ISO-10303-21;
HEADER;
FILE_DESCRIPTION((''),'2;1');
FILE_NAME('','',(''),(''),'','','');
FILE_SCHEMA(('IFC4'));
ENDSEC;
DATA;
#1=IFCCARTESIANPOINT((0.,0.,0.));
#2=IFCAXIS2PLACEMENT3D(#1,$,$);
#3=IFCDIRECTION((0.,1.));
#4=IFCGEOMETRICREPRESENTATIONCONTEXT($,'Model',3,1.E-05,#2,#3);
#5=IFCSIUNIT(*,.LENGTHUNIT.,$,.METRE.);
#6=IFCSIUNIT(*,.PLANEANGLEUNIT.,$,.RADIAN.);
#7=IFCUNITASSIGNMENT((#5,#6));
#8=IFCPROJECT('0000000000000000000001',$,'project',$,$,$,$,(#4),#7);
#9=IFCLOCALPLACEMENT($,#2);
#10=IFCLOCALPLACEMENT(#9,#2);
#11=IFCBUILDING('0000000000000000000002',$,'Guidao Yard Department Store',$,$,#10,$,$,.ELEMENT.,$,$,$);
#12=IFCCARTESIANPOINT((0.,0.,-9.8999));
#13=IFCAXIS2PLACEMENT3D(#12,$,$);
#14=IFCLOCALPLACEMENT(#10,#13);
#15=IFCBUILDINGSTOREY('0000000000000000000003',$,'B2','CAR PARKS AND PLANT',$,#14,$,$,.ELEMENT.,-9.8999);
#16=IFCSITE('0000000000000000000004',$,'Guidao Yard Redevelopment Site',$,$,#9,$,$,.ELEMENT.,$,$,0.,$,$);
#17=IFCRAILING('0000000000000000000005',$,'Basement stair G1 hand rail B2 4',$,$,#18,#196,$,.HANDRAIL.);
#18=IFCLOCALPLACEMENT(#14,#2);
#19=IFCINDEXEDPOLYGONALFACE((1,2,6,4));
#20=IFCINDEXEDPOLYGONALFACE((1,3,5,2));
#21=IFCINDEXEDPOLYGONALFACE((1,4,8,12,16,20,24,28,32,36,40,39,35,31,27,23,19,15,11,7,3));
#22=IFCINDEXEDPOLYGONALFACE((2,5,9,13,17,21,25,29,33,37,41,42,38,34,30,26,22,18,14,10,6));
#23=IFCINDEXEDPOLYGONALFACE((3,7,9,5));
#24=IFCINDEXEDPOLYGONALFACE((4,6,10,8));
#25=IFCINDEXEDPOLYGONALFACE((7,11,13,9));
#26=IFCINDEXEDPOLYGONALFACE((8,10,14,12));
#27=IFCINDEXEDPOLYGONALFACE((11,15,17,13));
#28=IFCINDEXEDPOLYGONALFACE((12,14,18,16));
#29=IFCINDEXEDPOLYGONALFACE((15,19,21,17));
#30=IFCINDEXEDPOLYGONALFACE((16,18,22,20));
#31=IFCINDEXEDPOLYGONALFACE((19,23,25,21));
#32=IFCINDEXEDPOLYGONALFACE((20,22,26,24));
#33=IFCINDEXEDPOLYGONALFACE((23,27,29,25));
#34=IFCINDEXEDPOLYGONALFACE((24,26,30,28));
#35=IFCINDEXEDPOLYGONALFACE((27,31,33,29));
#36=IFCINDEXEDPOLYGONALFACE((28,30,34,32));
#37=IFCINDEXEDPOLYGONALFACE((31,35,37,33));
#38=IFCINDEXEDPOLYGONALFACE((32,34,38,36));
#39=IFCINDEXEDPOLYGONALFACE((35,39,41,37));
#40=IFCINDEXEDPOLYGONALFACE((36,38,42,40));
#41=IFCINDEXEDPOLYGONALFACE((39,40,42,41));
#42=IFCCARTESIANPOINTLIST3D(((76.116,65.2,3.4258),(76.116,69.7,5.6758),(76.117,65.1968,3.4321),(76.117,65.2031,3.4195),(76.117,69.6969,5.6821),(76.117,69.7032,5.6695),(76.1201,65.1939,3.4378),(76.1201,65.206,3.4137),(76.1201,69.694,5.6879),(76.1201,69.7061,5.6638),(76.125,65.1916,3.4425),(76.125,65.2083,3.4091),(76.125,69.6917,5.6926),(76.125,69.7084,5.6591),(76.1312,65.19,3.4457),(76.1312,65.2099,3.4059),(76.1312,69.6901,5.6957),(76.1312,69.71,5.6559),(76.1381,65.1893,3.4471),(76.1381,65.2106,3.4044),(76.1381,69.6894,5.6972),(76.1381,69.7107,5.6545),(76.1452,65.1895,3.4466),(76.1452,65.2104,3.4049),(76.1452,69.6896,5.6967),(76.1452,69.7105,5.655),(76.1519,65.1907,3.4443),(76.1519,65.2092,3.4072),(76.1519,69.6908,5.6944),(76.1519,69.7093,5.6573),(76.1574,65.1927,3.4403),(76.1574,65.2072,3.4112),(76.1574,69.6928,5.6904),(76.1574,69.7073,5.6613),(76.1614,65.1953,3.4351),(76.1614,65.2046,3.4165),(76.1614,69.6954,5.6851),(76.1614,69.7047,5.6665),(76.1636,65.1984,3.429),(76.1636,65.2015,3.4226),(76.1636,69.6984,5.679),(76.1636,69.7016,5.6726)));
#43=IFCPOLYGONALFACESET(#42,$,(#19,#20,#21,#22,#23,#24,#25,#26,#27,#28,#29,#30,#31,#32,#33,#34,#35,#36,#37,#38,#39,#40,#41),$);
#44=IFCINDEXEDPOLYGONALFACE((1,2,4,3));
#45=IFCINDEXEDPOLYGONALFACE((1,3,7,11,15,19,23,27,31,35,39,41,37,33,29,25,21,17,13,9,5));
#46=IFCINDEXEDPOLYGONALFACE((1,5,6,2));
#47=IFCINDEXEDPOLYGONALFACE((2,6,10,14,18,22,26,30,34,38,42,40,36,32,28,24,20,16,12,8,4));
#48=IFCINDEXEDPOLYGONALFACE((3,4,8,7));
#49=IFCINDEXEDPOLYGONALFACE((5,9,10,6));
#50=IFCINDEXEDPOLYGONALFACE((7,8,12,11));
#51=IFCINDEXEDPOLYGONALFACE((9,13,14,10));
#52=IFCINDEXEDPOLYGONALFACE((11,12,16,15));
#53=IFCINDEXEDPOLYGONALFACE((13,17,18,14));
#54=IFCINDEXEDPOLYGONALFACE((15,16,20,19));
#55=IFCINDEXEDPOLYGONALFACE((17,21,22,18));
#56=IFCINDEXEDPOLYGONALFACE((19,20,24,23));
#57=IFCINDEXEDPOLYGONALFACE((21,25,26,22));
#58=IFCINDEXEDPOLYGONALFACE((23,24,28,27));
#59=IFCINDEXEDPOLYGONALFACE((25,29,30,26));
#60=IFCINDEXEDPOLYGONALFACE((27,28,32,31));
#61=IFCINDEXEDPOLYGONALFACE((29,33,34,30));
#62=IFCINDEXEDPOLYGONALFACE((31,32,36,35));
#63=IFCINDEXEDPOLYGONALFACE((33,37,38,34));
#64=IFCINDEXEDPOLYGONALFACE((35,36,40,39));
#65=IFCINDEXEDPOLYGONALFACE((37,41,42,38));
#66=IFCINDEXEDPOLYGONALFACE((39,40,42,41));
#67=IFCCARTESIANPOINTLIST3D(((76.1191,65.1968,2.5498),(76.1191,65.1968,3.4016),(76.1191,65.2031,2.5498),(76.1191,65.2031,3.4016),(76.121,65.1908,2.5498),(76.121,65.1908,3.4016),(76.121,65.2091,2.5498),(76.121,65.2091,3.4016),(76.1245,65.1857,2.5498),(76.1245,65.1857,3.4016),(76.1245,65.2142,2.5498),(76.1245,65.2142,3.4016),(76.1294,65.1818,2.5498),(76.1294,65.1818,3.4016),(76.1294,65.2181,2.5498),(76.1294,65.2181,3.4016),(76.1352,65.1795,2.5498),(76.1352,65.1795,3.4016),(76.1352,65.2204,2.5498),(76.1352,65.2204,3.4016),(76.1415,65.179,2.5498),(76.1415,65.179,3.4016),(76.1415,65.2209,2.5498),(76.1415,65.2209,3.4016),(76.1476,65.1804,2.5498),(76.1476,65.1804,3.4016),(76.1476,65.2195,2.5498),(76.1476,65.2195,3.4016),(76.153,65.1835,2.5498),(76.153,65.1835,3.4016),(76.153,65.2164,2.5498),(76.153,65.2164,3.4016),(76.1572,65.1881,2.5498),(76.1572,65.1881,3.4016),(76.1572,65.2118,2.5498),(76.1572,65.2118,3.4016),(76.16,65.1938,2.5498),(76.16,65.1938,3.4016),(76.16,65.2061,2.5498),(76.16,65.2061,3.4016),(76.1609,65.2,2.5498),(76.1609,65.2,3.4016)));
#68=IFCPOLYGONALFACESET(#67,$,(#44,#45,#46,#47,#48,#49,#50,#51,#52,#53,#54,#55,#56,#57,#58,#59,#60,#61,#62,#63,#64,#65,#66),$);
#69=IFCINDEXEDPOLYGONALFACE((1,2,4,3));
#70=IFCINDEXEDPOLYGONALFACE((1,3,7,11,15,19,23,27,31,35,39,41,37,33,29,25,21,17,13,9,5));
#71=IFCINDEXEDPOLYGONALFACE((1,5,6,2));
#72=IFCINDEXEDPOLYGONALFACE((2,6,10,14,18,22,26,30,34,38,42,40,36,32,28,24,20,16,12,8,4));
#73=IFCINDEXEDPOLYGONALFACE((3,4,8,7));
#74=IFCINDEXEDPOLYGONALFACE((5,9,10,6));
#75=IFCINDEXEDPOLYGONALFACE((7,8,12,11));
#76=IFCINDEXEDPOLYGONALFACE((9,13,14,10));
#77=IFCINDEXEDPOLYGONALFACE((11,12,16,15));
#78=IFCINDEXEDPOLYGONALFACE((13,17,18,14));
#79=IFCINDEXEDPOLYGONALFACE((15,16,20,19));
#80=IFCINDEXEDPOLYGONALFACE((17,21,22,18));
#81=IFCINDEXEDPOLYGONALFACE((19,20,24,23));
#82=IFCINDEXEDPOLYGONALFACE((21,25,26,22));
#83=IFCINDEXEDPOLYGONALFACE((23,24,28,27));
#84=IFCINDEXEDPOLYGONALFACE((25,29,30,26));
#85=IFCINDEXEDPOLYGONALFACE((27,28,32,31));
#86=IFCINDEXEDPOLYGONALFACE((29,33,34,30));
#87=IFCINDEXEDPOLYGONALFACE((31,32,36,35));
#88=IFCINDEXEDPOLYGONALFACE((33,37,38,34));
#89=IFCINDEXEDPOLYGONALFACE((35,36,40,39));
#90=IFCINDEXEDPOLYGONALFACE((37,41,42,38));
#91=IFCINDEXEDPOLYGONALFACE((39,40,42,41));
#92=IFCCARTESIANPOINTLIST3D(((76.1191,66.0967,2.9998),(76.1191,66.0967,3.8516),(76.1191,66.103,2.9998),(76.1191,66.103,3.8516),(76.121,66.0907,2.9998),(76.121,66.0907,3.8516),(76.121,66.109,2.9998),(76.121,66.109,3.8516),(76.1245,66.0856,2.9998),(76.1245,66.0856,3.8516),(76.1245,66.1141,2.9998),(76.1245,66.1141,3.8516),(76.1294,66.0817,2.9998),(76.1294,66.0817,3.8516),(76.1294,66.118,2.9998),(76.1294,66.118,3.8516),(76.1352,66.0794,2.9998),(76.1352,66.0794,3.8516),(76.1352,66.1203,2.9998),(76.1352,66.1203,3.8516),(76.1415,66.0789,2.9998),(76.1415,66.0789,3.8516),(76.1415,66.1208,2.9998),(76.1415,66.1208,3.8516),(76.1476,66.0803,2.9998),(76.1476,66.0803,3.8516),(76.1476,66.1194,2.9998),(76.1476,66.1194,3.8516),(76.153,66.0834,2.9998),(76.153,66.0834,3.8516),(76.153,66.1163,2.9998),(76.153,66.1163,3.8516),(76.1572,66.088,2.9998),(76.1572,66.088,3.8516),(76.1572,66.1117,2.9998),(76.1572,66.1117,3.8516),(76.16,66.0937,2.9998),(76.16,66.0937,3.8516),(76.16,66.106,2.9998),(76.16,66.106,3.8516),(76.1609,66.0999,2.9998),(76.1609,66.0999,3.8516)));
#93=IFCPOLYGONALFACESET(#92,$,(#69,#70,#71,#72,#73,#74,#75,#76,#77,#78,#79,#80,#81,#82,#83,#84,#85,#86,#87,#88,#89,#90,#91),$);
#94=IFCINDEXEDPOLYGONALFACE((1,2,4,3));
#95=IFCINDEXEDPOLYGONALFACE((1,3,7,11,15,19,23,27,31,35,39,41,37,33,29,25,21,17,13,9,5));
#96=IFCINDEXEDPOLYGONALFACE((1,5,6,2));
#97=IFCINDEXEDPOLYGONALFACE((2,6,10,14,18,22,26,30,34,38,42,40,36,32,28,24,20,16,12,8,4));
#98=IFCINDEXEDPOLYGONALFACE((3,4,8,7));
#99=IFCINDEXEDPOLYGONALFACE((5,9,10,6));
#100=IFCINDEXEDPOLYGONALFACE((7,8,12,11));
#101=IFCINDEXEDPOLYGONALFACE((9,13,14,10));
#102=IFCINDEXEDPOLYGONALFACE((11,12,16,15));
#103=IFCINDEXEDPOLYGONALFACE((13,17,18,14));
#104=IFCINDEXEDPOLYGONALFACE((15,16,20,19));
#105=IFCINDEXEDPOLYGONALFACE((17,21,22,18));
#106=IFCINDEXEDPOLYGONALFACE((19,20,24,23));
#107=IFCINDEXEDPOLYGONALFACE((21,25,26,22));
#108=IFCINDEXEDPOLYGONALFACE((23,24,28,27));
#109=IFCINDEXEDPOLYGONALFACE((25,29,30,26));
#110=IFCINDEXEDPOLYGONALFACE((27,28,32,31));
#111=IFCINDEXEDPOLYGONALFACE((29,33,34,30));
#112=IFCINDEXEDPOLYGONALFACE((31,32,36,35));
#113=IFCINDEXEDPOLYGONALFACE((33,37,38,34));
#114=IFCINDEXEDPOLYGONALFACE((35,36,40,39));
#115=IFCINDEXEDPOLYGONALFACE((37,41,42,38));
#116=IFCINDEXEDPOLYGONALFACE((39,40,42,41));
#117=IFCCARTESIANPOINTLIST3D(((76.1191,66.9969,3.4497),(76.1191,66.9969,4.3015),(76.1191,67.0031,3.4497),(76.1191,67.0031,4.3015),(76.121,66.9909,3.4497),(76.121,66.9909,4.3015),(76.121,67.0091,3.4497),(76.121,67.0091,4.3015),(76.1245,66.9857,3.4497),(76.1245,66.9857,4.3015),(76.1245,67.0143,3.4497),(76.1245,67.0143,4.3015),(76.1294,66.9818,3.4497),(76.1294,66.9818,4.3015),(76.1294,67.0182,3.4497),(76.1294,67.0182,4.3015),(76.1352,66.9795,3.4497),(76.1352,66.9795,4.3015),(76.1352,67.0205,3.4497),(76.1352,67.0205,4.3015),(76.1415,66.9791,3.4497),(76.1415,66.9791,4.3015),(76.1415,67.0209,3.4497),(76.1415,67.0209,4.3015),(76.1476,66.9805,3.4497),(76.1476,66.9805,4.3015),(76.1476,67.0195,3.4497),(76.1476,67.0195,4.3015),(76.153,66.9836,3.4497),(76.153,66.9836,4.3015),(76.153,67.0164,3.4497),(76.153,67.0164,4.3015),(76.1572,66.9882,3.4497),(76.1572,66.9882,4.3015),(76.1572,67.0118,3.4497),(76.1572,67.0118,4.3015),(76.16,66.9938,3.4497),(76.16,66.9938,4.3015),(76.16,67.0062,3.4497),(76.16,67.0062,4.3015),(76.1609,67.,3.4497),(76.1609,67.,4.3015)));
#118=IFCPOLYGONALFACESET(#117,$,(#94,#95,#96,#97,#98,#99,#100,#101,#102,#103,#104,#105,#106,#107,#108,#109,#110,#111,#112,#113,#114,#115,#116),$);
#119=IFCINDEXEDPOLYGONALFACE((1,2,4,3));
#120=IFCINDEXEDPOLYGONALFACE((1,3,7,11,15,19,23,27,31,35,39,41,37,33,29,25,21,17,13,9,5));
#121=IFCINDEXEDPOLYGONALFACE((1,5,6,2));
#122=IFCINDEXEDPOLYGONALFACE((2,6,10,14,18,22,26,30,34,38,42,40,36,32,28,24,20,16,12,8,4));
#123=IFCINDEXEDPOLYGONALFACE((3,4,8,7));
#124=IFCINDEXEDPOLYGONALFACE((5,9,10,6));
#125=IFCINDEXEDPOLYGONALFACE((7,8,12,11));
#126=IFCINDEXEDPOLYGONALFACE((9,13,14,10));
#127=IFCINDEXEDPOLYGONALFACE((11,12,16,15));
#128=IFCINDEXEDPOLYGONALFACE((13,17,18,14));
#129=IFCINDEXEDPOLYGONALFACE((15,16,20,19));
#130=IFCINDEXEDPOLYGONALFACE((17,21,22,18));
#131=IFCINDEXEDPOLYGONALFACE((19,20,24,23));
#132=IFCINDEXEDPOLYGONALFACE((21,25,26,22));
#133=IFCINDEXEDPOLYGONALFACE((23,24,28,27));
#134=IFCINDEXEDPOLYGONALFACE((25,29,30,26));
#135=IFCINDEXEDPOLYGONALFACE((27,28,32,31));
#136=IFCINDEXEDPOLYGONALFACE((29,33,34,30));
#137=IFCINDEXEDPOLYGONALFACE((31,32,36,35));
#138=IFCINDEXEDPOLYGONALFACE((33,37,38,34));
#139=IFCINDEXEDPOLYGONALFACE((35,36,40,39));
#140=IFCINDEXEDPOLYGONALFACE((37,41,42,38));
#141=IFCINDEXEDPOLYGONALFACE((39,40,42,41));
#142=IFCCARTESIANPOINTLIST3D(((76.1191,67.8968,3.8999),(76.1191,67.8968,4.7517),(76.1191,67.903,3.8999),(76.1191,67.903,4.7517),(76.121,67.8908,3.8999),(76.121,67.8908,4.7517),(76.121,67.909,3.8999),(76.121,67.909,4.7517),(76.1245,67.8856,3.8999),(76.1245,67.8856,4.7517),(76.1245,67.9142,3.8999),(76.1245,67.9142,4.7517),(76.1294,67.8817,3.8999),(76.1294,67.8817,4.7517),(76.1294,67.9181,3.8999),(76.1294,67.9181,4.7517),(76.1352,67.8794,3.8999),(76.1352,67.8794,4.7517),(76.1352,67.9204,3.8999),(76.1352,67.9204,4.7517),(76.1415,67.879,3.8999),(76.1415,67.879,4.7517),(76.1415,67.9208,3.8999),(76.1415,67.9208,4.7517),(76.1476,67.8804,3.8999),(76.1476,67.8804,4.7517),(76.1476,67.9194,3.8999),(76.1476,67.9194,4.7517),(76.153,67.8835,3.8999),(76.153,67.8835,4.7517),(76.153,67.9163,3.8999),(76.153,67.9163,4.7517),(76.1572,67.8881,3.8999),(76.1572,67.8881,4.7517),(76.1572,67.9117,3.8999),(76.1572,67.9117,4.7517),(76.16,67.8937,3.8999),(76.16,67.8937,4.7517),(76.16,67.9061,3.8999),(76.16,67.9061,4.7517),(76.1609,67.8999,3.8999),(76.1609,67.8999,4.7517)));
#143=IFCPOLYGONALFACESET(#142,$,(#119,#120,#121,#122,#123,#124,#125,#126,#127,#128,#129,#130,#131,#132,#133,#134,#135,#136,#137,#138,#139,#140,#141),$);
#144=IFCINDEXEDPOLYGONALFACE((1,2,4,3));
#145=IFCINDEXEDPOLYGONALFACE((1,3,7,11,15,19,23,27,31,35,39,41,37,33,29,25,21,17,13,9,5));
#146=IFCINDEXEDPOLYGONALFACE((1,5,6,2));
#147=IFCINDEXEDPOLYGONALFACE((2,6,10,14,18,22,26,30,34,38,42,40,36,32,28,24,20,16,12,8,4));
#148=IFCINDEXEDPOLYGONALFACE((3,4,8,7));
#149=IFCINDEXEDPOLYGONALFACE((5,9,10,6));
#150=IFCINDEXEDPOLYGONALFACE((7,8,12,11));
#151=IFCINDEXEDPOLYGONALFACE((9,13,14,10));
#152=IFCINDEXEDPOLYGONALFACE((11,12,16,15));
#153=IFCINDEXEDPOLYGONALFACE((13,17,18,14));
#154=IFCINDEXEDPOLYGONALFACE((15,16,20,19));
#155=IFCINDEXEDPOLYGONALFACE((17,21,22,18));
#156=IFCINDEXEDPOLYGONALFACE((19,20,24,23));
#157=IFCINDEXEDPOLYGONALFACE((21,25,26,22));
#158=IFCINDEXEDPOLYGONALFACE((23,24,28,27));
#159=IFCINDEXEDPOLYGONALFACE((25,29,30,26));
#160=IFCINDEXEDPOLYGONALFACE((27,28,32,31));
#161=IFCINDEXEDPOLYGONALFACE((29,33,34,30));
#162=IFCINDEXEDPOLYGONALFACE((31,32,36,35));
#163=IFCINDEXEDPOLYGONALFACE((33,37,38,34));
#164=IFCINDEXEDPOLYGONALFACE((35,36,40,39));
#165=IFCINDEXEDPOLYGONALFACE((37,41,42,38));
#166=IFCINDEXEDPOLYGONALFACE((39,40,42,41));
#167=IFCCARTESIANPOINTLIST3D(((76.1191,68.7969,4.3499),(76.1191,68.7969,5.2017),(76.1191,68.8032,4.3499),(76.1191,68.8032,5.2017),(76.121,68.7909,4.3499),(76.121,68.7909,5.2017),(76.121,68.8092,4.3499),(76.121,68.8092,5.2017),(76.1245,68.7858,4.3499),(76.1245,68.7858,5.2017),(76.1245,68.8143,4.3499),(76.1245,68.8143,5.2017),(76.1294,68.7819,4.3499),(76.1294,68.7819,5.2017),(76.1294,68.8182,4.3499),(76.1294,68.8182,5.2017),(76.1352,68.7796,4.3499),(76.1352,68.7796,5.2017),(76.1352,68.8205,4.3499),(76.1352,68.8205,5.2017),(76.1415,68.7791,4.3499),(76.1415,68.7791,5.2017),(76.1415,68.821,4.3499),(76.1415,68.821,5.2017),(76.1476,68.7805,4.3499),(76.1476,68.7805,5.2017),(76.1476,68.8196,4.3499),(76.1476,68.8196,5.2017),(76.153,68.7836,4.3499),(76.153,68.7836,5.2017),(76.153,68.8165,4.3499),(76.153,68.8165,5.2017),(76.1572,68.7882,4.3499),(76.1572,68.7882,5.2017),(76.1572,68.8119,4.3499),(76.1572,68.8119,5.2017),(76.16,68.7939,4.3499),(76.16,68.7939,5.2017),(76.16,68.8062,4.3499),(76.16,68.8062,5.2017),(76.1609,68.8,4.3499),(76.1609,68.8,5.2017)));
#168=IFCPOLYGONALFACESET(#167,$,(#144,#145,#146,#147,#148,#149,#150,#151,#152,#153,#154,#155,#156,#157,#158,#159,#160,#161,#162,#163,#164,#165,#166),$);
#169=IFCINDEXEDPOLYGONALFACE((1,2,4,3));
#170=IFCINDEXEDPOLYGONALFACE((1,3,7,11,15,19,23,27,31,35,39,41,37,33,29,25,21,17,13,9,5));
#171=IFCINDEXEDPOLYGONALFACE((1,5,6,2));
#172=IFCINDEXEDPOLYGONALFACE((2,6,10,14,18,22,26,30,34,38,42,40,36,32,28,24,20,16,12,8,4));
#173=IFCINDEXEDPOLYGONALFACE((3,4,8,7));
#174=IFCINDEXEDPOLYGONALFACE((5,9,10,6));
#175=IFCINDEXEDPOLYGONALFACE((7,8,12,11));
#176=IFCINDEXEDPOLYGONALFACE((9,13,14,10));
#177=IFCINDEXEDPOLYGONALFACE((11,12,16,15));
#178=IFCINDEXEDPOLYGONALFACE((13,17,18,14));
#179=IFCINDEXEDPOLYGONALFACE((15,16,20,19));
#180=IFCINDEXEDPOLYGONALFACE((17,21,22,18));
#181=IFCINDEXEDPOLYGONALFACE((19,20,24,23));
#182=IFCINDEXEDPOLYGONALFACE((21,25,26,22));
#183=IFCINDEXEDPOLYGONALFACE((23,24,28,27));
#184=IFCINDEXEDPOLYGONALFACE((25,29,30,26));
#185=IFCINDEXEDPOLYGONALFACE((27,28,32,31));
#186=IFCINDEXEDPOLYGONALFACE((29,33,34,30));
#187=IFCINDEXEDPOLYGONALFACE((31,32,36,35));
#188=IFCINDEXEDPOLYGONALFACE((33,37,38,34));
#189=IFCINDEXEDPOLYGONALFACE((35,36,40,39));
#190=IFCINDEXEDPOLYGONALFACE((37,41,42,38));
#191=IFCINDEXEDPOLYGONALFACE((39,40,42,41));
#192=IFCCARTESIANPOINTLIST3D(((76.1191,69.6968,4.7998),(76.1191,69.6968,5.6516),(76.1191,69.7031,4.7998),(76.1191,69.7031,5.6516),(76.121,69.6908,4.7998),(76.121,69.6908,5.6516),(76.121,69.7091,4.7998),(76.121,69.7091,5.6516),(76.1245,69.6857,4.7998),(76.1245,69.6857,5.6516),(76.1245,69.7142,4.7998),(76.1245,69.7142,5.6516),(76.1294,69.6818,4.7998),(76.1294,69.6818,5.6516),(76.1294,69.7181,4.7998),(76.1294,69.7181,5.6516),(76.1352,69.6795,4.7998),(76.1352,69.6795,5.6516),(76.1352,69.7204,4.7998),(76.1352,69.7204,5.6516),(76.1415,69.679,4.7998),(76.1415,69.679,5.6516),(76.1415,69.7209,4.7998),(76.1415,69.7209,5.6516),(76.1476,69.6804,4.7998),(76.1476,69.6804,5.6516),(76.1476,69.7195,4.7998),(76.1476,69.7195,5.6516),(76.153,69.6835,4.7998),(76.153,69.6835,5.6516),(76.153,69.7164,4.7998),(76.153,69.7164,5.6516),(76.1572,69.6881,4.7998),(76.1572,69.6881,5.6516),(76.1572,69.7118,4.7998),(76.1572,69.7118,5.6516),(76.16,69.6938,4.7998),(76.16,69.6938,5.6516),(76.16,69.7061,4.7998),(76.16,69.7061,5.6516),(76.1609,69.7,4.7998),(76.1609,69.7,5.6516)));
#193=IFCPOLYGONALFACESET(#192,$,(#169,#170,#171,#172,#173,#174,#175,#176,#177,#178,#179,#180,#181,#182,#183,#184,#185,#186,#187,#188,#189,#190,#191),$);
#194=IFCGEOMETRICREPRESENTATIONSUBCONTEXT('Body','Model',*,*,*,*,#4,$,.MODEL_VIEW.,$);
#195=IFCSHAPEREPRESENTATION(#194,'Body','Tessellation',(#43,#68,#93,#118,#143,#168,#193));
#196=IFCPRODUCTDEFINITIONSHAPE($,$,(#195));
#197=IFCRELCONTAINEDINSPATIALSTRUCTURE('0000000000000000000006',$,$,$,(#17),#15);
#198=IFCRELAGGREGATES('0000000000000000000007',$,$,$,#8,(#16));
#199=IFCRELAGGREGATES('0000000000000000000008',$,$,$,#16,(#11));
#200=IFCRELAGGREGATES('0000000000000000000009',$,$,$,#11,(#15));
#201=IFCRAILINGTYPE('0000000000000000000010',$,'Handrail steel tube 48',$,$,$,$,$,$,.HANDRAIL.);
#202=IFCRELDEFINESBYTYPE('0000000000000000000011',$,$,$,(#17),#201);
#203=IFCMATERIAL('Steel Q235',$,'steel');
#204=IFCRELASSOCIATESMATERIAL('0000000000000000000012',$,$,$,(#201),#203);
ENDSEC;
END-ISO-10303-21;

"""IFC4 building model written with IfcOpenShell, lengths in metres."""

from ifc_helpers import new_model, si_unit, direction, frame, origin, origin_2d, place, context, subcontext, project, spatial, circle, extrude, material, type_object, element, save


model = new_model("IFC4")

# Units and contexts
model_context = context("Model", 3, precision=1e-05, world=origin(), true_north=direction((0.0, 1.0)))
body_context = subcontext(model_context, "Body", "Model", "MODEL_VIEW")
ifc_project = project(units=[si_unit("LENGTHUNIT", "METRE"), si_unit("PLANEANGLEUNIT", "RADIAN")], contexts=[model_context])

# Site, building, storey
site_placement = place(None, origin())
site = spatial("IfcSite", under=ifc_project, at=site_placement, Name="Guidao Yard Redevelopment Site", CompositionType="ELEMENT", RefElevation=0.0)
building_placement = place(site_placement, origin())
building = spatial("IfcBuilding", under=site, at=building_placement, Name="Guidao Yard Department Store", CompositionType="ELEMENT")
storey_placement = place(building_placement, frame((0.0, 0.0, -9.8999)))
storey = spatial("IfcBuildingStorey", under=building, at=storey_placement, Name="B2", Description="CAR PARKS AND PLANT", CompositionType="ELEMENT", Elevation=-9.8999)

# Railing
ifc_material_1 = material(Name="Steel Q235", Category="steel")
railing_type_1 = type_object("IfcRailingType", Name="Handrail steel tube 48", PredefinedType="HANDRAIL", material=ifc_material_1)
for number, where, name in (
    (1, (76.1399, 65.2, 2.5498), "Basement stair G1 hand rail B2 4"),
):
    element("IfcRailing", number, at=place(storey_placement, frame(where)), inside=storey, type_object=railing_type_1, Name=name, PredefinedType="HANDRAIL", context=body_context, shape_type="SweptSolid", body=[
        extrude(circle(Radius=0.0239, at=origin_2d()), frame((0.0, 0.0, 0.876), z_axis=(0.0, 0.894427, 0.447214), x_axis=(-1.0, 0.0, 0.0)), (0.0, 0.0, 1.0), 5.0312),
        extrude(circle(Radius=0.021, at=origin_2d()), origin(), (0.0, 0.0, 1.0), 0.8518),
        extrude(circle(Radius=0.021, at=origin_2d()), frame((0.0, 0.8999, 0.45)), (0.0, 0.0, 1.0), 0.8518),
        extrude(circle(Radius=0.021, at=origin_2d()), frame((0.0, 1.8, 0.8999)), (0.0, 0.0, 1.0), 0.8518),
        extrude(circle(Radius=0.021, at=origin_2d()), frame((0.0, 2.7, 1.3501)), (0.0, 0.0, 1.0), 0.8518),
        extrude(circle(Radius=0.021, at=origin_2d()), frame((0.0, 3.6001, 1.8)), (0.0, 0.0, 1.0), 0.8518),
        extrude(circle(Radius=0.021, at=origin_2d()), frame((0.0, 4.5, 2.25)), (0.0, 0.0, 1.0), 0.8518),
    ])

save(model, "model.ifc")
